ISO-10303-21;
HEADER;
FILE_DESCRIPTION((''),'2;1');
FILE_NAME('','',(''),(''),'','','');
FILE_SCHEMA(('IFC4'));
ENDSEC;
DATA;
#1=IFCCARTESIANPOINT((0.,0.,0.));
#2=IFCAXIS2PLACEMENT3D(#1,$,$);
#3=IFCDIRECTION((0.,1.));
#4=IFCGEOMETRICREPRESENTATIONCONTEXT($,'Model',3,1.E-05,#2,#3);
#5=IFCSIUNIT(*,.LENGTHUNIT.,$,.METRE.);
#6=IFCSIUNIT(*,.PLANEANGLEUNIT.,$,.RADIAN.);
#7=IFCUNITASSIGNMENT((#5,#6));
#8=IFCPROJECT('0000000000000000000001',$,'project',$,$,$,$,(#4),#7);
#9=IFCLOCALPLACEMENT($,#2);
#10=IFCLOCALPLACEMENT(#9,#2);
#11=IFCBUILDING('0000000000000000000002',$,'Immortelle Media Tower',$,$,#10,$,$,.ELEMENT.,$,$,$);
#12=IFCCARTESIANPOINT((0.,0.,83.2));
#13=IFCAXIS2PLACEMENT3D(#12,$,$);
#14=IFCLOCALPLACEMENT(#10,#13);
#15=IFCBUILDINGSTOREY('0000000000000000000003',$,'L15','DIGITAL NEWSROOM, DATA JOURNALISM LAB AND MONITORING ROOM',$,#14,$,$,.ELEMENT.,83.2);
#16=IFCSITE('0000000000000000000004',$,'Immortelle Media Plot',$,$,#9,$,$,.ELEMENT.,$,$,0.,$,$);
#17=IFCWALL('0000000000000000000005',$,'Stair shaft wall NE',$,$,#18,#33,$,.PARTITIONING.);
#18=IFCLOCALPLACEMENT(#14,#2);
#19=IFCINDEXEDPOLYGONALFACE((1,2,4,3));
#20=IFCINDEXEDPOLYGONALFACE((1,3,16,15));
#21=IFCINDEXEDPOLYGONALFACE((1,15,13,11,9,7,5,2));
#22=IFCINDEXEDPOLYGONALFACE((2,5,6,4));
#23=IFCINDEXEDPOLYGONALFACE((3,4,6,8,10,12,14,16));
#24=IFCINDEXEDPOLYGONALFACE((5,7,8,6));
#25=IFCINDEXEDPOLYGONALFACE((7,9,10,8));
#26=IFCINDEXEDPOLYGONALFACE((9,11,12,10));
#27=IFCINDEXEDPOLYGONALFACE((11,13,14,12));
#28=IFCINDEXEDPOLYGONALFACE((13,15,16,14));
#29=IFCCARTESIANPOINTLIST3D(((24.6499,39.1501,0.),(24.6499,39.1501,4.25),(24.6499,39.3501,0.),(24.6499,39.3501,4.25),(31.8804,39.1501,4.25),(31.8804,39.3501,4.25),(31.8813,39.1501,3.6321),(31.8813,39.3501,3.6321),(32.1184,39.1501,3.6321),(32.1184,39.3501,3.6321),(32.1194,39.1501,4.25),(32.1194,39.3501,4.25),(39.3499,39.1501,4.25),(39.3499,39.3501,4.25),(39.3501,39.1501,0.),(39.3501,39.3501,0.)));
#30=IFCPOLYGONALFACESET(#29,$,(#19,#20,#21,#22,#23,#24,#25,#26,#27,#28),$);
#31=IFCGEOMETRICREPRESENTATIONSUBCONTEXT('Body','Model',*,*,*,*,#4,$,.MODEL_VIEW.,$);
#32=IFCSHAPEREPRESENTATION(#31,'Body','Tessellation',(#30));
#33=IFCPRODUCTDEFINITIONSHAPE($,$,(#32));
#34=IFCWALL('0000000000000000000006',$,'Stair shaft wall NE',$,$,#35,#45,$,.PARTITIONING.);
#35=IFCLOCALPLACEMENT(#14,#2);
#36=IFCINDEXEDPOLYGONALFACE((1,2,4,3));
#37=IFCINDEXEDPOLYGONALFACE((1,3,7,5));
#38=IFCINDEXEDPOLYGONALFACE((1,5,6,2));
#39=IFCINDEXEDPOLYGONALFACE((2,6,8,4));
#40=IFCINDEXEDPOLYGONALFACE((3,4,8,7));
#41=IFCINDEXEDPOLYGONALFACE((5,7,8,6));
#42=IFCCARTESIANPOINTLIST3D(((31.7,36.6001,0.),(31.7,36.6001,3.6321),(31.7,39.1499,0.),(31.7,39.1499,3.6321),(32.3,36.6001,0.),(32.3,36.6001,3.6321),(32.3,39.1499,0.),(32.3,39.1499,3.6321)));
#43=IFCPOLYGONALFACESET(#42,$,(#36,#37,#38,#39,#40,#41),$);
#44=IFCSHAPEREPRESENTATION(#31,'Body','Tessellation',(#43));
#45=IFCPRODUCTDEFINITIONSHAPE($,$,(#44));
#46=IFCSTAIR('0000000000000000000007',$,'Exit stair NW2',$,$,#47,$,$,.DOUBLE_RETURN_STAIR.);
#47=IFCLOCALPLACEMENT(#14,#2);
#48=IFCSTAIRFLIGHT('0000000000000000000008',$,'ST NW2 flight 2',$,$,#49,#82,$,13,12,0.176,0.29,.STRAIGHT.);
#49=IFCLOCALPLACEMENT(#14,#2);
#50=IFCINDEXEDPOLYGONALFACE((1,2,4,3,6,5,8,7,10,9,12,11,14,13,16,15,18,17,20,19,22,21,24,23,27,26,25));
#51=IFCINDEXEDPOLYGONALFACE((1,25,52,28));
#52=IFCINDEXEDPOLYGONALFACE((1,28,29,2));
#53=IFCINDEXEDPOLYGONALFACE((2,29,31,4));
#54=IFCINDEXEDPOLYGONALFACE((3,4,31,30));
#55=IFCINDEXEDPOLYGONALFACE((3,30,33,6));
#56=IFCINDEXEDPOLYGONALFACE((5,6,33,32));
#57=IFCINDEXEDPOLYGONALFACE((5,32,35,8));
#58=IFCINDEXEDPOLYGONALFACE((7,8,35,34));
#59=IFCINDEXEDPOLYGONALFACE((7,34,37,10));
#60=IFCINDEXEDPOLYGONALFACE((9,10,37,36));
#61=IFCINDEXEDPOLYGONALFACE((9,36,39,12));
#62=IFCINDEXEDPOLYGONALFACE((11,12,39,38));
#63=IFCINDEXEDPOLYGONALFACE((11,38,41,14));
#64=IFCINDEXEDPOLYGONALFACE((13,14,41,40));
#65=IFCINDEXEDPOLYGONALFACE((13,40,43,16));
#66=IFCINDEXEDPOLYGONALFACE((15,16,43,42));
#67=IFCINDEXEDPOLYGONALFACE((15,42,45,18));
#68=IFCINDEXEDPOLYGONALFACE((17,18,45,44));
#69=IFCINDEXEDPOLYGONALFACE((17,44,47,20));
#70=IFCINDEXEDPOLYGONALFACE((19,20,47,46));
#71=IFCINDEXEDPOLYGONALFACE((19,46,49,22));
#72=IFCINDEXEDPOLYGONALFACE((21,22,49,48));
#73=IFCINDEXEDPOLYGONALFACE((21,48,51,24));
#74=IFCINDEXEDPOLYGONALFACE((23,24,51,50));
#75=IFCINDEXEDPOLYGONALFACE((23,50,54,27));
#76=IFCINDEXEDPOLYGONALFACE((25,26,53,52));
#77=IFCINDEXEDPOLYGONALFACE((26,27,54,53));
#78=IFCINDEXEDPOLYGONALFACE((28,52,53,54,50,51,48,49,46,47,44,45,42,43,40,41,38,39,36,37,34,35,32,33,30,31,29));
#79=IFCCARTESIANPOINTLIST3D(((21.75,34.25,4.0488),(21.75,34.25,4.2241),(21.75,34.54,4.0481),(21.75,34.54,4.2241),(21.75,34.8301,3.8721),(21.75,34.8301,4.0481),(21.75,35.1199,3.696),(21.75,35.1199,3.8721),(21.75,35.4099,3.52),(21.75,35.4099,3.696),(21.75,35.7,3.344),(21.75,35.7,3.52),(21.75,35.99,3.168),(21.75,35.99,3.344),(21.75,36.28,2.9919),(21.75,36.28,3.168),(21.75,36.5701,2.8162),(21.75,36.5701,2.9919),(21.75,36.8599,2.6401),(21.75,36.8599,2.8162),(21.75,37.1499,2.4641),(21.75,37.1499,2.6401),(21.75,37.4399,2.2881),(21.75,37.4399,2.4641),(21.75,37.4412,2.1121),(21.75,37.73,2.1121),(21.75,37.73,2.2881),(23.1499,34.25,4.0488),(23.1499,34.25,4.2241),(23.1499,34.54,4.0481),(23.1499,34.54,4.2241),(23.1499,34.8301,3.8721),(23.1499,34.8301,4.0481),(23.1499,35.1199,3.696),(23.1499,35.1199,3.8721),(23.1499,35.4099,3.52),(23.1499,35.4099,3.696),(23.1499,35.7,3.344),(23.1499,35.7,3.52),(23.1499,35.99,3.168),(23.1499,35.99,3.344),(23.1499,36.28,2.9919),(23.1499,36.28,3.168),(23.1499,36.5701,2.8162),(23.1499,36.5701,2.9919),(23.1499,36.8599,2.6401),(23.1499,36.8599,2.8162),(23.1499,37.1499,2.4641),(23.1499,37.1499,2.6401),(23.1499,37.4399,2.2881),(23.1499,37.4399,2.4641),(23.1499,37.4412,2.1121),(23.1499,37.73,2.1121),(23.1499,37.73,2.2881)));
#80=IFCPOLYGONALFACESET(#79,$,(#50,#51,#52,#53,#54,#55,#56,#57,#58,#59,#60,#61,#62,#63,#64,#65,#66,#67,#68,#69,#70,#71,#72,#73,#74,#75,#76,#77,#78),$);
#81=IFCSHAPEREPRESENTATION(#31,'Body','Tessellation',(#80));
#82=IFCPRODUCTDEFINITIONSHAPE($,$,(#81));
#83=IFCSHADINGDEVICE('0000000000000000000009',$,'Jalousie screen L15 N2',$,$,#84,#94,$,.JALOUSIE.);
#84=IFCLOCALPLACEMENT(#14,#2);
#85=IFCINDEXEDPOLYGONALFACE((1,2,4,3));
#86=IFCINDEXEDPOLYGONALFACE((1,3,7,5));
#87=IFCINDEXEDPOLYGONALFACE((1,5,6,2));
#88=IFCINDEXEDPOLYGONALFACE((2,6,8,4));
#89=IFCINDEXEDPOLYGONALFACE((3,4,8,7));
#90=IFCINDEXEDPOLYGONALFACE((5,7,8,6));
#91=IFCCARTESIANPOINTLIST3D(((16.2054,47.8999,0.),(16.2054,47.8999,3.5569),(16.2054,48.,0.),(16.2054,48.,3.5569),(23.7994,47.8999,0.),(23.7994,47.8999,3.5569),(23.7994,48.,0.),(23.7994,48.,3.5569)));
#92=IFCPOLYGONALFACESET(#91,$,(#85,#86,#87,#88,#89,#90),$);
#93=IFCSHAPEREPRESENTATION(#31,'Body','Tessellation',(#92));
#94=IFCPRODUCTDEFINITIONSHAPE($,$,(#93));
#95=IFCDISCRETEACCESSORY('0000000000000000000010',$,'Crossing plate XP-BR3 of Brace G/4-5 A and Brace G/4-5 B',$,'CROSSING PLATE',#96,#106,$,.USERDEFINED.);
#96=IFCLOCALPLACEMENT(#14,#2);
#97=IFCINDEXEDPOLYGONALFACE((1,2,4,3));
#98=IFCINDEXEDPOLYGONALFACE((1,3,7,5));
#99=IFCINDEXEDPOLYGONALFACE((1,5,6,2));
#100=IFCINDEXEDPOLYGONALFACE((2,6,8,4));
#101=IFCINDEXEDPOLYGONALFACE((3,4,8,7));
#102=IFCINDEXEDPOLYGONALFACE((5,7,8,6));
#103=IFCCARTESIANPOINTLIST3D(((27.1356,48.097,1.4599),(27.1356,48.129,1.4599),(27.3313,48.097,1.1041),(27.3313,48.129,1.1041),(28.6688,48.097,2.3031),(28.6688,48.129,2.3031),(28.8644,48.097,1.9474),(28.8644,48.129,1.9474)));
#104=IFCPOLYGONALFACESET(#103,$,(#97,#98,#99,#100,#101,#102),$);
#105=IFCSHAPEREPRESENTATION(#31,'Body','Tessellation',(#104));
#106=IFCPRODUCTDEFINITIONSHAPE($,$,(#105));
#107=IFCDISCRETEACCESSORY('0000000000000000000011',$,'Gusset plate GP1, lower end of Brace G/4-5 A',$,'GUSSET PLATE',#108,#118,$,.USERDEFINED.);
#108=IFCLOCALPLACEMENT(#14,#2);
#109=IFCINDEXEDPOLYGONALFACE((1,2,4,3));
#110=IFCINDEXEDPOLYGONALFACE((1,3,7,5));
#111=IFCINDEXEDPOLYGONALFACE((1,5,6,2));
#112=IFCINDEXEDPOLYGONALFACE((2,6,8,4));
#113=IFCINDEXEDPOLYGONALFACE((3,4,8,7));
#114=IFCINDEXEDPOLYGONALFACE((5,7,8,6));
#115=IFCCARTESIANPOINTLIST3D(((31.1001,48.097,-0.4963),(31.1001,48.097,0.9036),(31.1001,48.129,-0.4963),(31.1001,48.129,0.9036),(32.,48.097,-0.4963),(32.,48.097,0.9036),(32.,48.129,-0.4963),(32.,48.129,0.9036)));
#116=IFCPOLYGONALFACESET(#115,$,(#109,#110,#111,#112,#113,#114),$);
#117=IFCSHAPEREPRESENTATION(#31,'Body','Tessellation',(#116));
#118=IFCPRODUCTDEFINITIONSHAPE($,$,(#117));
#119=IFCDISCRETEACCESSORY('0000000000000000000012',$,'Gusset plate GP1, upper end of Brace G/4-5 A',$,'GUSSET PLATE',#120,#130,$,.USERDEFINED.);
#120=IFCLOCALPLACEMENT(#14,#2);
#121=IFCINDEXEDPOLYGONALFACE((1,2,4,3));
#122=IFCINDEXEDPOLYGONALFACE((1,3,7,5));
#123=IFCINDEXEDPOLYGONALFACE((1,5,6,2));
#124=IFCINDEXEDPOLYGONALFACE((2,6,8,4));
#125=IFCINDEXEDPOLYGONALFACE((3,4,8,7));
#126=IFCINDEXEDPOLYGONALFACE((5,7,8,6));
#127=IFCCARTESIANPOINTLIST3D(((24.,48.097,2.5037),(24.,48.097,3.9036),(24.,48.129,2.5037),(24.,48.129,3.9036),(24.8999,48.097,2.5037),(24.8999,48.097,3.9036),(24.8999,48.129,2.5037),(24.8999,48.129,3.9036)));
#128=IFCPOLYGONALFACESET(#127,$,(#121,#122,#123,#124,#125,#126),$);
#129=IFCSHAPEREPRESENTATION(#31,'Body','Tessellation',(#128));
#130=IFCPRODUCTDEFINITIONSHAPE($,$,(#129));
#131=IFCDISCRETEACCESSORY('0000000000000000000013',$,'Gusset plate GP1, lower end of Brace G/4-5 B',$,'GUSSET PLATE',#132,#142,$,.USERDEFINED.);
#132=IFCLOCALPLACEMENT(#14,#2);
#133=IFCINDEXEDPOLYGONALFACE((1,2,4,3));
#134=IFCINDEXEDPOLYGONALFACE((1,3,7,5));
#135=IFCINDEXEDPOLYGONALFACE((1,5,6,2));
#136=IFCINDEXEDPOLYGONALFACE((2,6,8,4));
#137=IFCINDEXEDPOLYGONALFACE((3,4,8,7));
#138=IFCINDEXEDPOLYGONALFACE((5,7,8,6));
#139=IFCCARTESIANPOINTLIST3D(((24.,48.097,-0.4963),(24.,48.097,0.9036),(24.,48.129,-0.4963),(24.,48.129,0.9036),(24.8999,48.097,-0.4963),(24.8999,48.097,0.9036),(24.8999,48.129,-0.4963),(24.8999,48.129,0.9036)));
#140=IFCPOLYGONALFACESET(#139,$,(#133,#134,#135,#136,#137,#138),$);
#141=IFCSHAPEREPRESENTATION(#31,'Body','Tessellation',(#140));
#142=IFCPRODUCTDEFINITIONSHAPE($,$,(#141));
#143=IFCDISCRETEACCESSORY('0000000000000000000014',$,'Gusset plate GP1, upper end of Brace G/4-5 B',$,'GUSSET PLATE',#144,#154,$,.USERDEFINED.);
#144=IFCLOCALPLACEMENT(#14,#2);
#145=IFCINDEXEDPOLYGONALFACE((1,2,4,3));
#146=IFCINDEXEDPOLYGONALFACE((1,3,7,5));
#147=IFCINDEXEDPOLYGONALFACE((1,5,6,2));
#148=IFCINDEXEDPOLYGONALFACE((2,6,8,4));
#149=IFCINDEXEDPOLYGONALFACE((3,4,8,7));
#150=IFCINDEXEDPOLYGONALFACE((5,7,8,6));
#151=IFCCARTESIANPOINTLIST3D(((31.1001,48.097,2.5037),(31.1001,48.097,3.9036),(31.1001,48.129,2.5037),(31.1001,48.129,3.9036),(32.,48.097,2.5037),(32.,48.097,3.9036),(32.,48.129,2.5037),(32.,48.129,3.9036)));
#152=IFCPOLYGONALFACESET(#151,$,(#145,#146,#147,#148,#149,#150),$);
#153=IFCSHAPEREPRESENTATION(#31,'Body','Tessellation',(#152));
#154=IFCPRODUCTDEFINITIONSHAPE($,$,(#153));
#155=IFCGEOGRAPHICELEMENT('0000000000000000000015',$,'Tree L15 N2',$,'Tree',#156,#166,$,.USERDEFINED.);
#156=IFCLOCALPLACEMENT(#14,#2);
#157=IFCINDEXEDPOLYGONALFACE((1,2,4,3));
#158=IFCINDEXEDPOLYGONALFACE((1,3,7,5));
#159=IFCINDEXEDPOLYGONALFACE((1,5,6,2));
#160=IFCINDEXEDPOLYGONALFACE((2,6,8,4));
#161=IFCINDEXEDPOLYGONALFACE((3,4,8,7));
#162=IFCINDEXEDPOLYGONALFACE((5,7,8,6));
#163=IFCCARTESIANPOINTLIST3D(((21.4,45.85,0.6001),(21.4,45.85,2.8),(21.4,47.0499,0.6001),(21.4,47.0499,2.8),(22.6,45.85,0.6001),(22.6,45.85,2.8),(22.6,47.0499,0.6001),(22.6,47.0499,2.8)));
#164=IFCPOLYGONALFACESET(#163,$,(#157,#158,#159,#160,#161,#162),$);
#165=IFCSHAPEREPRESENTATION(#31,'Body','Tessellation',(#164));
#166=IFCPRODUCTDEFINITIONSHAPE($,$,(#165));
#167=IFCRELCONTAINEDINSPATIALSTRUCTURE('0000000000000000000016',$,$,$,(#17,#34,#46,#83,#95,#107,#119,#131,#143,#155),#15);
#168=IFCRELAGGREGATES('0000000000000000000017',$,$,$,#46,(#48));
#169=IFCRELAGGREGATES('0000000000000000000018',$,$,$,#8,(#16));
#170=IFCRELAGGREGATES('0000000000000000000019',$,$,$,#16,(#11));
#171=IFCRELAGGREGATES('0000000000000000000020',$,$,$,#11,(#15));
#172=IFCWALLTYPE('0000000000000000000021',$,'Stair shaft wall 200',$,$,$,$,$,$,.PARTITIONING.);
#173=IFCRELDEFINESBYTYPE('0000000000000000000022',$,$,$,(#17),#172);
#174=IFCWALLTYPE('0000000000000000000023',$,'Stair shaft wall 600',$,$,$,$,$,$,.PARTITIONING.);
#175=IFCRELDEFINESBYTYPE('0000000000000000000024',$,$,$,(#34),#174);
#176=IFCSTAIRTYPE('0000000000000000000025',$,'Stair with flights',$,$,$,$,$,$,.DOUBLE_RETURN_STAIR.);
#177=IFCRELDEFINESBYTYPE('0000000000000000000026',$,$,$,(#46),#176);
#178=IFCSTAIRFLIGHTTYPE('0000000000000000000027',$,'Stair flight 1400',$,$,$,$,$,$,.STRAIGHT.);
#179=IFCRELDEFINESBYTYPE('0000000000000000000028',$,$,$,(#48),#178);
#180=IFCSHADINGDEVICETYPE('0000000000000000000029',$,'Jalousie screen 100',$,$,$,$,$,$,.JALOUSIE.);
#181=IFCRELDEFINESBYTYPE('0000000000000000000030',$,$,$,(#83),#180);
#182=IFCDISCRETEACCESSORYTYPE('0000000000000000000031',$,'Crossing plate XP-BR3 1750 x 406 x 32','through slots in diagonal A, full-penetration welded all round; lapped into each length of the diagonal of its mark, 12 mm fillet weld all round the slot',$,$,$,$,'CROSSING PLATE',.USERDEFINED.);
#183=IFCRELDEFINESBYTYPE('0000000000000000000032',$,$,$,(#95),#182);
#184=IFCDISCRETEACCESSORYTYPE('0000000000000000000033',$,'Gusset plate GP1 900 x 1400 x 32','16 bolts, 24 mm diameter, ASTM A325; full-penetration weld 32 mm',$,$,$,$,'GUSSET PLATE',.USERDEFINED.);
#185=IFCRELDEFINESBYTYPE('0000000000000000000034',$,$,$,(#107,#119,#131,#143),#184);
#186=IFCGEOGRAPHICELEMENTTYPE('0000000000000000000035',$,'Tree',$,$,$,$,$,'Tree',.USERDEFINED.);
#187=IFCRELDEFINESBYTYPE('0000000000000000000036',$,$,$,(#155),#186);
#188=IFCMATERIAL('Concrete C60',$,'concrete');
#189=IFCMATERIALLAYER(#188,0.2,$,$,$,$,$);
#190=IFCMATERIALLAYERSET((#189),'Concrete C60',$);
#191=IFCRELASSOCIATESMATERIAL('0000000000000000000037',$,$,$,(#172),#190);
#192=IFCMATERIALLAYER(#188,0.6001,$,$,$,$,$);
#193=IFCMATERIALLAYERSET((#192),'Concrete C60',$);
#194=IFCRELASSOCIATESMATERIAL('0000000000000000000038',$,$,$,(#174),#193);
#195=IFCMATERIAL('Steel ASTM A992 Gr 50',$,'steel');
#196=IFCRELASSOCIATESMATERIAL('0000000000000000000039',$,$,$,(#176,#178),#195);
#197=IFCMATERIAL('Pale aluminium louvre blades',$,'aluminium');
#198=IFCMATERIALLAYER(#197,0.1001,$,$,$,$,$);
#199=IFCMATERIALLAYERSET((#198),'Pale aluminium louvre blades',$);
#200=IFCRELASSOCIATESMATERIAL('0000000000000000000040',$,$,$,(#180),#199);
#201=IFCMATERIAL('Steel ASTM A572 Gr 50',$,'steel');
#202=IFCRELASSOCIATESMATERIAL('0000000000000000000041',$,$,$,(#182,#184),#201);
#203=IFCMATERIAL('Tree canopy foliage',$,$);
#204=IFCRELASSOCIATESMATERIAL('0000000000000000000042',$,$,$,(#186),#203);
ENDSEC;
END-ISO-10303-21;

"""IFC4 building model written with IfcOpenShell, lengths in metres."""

from ifc_helpers import new_model, si_unit, direction, frame, frame_2d, origin, origin_2d, place, context, subcontext, project, spatial, polyline, rectangle, outline, extrude, material, layer, layer_set, material_profile, profile_set, type_object, element, aggregate, save


model = new_model("IFC4")

# Units and contexts
model_context = context("Model", 3, precision=1e-05, world=origin(), true_north=direction((0.0, 1.0)))
body_context = subcontext(model_context, "Body", "Model", "MODEL_VIEW")
ifc_project = project(units=[si_unit("LENGTHUNIT", "METRE"), si_unit("PLANEANGLEUNIT", "RADIAN")], contexts=[model_context])

# Site, building, storey
site_placement = place(None, origin())
site = spatial("IfcSite", under=ifc_project, at=site_placement, Name="Immortelle Media Plot", CompositionType="ELEMENT", RefElevation=0.0)
building_placement = place(site_placement, origin())
building = spatial("IfcBuilding", under=site, at=building_placement, Name="Immortelle Media Tower", CompositionType="ELEMENT")
storey_placement = place(building_placement, frame((0.0, 0.0, 83.2)))
storey = spatial("IfcBuildingStorey", under=building, at=storey_placement, Name="L15", Description="DIGITAL NEWSROOM, DATA JOURNALISM LAB AND MONITORING ROOM", CompositionType="ELEMENT", Elevation=83.2)

# Shared definitions
ifc_material_1 = material(Name="Steel ASTM A992 Gr 50", Category="steel")

# Walls
ifc_material_2 = material(Name="Concrete C60", Category="concrete")
ifc_layer_1 = layer(ifc_material_2, 0.2)
ifc_layer_set_1 = layer_set([ifc_layer_1], Name="Concrete C60")
wall_type_1 = type_object("IfcWallType", Name="Stair shaft wall 200", PredefinedType="PARTITIONING", material=ifc_layer_set_1)
wall_1_placement = place(storey_placement, frame((24.6499, 39.25, 0.0), z_axis=(0.0, 0.0, 1.0), x_axis=(1.0, 0.0, 0.0)))
element("IfcWall", 1, at=wall_1_placement, inside=storey, type_object=wall_type_1, Name="Stair shaft wall NE", PredefinedType="PARTITIONING", context=body_context, shape_type="SweptSolid", body=[
    extrude(outline(polyline([(0.0, 0.0), (14.7002, 0.0), (14.7, 4.25), (7.4695, 4.25), (7.4685, 3.6321), (7.2314, 3.6321), (7.2305, 4.25), (0.0, 4.25), (0.0, 0.0)])), frame((0.0, 0.1001, 0.0), z_axis=(0.0, -1.0, 0.0), x_axis=(1.0, 0.0, 0.0)), (0.0, 0.0, 1.0), 0.2),
])
ifc_layer_2 = layer(ifc_material_2, 0.6001)
ifc_layer_set_2 = layer_set([ifc_layer_2], Name="Concrete C60")
wall_type_2 = type_object("IfcWallType", Name="Stair shaft wall 600", PredefinedType="PARTITIONING", material=ifc_layer_set_2)
wall_2_placement = place(storey_placement, frame((32.0, 36.6001, 0.0), z_axis=(0.0, 0.0, 1.0), x_axis=(0.0, 1.0, 0.0)))
element("IfcWall", 2, at=wall_2_placement, inside=storey, type_object=wall_type_2, Name="Stair shaft wall NE", PredefinedType="PARTITIONING", context=body_context, shape_type="SweptSolid", body=[
    extrude(rectangle(XDim=2.5498, YDim=0.6001, at=frame_2d((1.2749, 0.0))), origin(), (0.0, 0.0, 1.0), 3.6321),
])

# Stair, stair flight
stair_type = type_object("IfcStairType", Name="Stair with flights", PredefinedType="DOUBLE_RETURN_STAIR", material=ifc_material_1)
stair_placement = place(storey_placement, origin())
stair = element("IfcStair", 3, at=stair_placement, inside=storey, type_object=stair_type, Name="Exit stair NW2", PredefinedType="DOUBLE_RETURN_STAIR")
stair_flight_type = type_object("IfcStairFlightType", Name="Stair flight 1400", PredefinedType="STRAIGHT", material=ifc_material_1)
stair_flight_placement = place(storey_placement, frame((22.45, 37.73, 2.1121), z_axis=(0.0, 0.0, 1.0), x_axis=(0.0, -1.0, 0.0)))
stair_flight = element("IfcStairFlight", 4, at=stair_flight_placement, type_object=stair_flight_type, Name="ST NW2 flight 2", NumberOfRisers=13, NumberOfTreads=12, PredefinedType="STRAIGHT", RiserHeight=0.176, TreadLength=0.29, context=body_context, shape_type="SweptSolid", body=[
    extrude(outline(polyline([(0.0, 0.0), (0.0, 0.176), (0.29, 0.176), (0.29, 0.3521), (0.5801, 0.3521), (0.5801, 0.5281), (0.8701, 0.5281), (0.8701, 0.7041), (1.1599, 0.7041), (1.1599, 0.8799), (1.45, 0.8799), (1.45, 1.0559), (1.74, 1.0559), (1.74, 1.2319), (2.03, 1.2319), (2.03, 1.408), (2.3201, 1.408), (2.3201, 1.584), (2.6101, 1.584), (2.6101, 1.76), (2.8999, 1.76), (2.8999, 1.936), (3.1899, 1.936), (3.1899, 2.1121), (3.48, 2.1121), (3.48, 2.2881), (3.48, 1.9368), (0.2888, 0.0), (0.0, 0.0)])), frame((0.0, 0.7, 0.0), z_axis=(0.0, -1.0, 0.0), x_axis=(1.0, 0.0, 0.0)), (0.0, 0.0, 1.0), 1.3999),
])
aggregate(stair, [stair_flight])

# Shading device
ifc_material_3 = material(Name="Pale aluminium louvre blades", Category="aluminium")
ifc_layer_3 = layer(ifc_material_3, 0.1001)
ifc_layer_set_3 = layer_set([ifc_layer_3], Name="Pale aluminium louvre blades")
shading_device_type = type_object("IfcShadingDeviceType", Name="Jalousie screen 100", PredefinedType="JALOUSIE", material=ifc_layer_set_3)
shading_device_placement = place(storey_placement, frame((20.0024, 47.95, 0.0), z_axis=(0.0, 0.0, 1.0), x_axis=(-1.0, 0.0, 0.0)))
element("IfcShadingDevice", 5, at=shading_device_placement, inside=storey, type_object=shading_device_type, Name="Jalousie screen L15 N2", PredefinedType="JALOUSIE", context=body_context, shape_type="SweptSolid", body=[
    extrude(rectangle(XDim=7.594, YDim=0.1001, at=origin_2d()), origin(), (0.0, 0.0, 1.0), 3.5569),
])

# Discrete accessories
ifc_material_4 = material(Name="Steel ASTM A572 Gr 50", Category="steel")
ifc_material_profile_1 = material_profile(ifc_material_4, rectangle(XDim=0.032, YDim=0.406, at=origin_2d()), Name="PL 32 x 406")
ifc_profile_set_1 = profile_set([ifc_material_profile_1], Name="Steel ASTM A572 Gr 50")
discrete_accessory_type_1 = type_object("IfcDiscreteAccessoryType", Name="Crossing plate XP-BR3 1750 x 406 x 32", Description="through slots in diagonal A, full-penetration welded all round; lapped into each length of the diagonal of its mark, 12 mm fillet weld all round the slot", ElementType="CROSSING PLATE", PredefinedType="USERDEFINED", material=ifc_profile_set_1)
discrete_accessory_placement = place(storey_placement, frame((28.7666, 48.113, 2.1252), z_axis=(-0.876216, 0.0, -0.481919), x_axis=(0.0, -1.0, 0.0)))
element("IfcDiscreteAccessory", 6, at=discrete_accessory_placement, inside=storey, type_object=discrete_accessory_type_1, Name="Crossing plate XP-BR3 of Brace G/4-5 A and Brace G/4-5 B", ObjectType="CROSSING PLATE", PredefinedType="USERDEFINED", context=body_context, shape_type="SweptSolid", body=[
    extrude(rectangle(XDim=0.032, YDim=0.406, at=origin_2d()), origin(), (0.0, 0.0, 1.0), 1.7498),
])
ifc_material_profile_2 = material_profile(ifc_material_4, rectangle(XDim=0.032, YDim=1.3999, at=origin_2d()), Name="PL 32 x 1400")
ifc_profile_set_2 = profile_set([ifc_material_profile_2], Name="Steel ASTM A572 Gr 50")
discrete_accessory_type_2 = type_object("IfcDiscreteAccessoryType", Name="Gusset plate GP1 900 x 1400 x 32", Description="16 bolts, 24 mm diameter, ASTM A325; full-penetration weld 32 mm", ElementType="GUSSET PLATE", PredefinedType="USERDEFINED", material=ifc_profile_set_2)
for number, where, z_axis, x_axis, name in (
    (7, (32.0, 48.113, 0.2036), (-1.0, 0.0, 0.0), (0.0, -1.0, 0.0), "Gusset plate GP1, lower end of Brace G/4-5 A"),
    (8, (24.0, 48.113, 3.2036), (1.0, 0.0, 0.0), (0.0, 1.0, 0.0), "Gusset plate GP1, upper end of Brace G/4-5 A"),
    (9, (24.0, 48.113, 0.2036), (1.0, 0.0, 0.0), (0.0, 1.0, 0.0), "Gusset plate GP1, lower end of Brace G/4-5 B"),
    (10, (32.0, 48.113, 3.2036), (-1.0, 0.0, 0.0), (0.0, -1.0, 0.0), "Gusset plate GP1, upper end of Brace G/4-5 B"),
):
    element("IfcDiscreteAccessory", number, at=place(storey_placement, frame(where, z_axis=z_axis, x_axis=x_axis)), inside=storey, type_object=discrete_accessory_type_2, Name=name, ObjectType="GUSSET PLATE", PredefinedType="USERDEFINED", context=body_context, shape_type="SweptSolid", body=[
        extrude(rectangle(XDim=0.032, YDim=1.3999, at=origin_2d()), origin(), (0.0, 0.0, 1.0), 0.8999),
    ])

# Geographic element
ifc_material_5 = material(Name="Tree canopy foliage")
geographic_element_type = type_object("IfcGeographicElementType", Name="Tree", ElementType="Tree", PredefinedType="USERDEFINED", material=ifc_material_5)
geographic_element_placement = place(storey_placement, frame((22.0, 46.45, 0.6001), z_axis=(0.0, 0.0, 1.0), x_axis=(1.0, 0.0, 0.0)))
element("IfcGeographicElement", 11, at=geographic_element_placement, inside=storey, type_object=geographic_element_type, Name="Tree L15 N2", ObjectType="Tree", PredefinedType="USERDEFINED", context=body_context, shape_type="SweptSolid", body=[
    extrude(rectangle(XDim=1.2, YDim=1.2, at=origin_2d()), origin(), (0.0, 0.0, 1.0), 2.2),
])

save(model, "model.ifc")
